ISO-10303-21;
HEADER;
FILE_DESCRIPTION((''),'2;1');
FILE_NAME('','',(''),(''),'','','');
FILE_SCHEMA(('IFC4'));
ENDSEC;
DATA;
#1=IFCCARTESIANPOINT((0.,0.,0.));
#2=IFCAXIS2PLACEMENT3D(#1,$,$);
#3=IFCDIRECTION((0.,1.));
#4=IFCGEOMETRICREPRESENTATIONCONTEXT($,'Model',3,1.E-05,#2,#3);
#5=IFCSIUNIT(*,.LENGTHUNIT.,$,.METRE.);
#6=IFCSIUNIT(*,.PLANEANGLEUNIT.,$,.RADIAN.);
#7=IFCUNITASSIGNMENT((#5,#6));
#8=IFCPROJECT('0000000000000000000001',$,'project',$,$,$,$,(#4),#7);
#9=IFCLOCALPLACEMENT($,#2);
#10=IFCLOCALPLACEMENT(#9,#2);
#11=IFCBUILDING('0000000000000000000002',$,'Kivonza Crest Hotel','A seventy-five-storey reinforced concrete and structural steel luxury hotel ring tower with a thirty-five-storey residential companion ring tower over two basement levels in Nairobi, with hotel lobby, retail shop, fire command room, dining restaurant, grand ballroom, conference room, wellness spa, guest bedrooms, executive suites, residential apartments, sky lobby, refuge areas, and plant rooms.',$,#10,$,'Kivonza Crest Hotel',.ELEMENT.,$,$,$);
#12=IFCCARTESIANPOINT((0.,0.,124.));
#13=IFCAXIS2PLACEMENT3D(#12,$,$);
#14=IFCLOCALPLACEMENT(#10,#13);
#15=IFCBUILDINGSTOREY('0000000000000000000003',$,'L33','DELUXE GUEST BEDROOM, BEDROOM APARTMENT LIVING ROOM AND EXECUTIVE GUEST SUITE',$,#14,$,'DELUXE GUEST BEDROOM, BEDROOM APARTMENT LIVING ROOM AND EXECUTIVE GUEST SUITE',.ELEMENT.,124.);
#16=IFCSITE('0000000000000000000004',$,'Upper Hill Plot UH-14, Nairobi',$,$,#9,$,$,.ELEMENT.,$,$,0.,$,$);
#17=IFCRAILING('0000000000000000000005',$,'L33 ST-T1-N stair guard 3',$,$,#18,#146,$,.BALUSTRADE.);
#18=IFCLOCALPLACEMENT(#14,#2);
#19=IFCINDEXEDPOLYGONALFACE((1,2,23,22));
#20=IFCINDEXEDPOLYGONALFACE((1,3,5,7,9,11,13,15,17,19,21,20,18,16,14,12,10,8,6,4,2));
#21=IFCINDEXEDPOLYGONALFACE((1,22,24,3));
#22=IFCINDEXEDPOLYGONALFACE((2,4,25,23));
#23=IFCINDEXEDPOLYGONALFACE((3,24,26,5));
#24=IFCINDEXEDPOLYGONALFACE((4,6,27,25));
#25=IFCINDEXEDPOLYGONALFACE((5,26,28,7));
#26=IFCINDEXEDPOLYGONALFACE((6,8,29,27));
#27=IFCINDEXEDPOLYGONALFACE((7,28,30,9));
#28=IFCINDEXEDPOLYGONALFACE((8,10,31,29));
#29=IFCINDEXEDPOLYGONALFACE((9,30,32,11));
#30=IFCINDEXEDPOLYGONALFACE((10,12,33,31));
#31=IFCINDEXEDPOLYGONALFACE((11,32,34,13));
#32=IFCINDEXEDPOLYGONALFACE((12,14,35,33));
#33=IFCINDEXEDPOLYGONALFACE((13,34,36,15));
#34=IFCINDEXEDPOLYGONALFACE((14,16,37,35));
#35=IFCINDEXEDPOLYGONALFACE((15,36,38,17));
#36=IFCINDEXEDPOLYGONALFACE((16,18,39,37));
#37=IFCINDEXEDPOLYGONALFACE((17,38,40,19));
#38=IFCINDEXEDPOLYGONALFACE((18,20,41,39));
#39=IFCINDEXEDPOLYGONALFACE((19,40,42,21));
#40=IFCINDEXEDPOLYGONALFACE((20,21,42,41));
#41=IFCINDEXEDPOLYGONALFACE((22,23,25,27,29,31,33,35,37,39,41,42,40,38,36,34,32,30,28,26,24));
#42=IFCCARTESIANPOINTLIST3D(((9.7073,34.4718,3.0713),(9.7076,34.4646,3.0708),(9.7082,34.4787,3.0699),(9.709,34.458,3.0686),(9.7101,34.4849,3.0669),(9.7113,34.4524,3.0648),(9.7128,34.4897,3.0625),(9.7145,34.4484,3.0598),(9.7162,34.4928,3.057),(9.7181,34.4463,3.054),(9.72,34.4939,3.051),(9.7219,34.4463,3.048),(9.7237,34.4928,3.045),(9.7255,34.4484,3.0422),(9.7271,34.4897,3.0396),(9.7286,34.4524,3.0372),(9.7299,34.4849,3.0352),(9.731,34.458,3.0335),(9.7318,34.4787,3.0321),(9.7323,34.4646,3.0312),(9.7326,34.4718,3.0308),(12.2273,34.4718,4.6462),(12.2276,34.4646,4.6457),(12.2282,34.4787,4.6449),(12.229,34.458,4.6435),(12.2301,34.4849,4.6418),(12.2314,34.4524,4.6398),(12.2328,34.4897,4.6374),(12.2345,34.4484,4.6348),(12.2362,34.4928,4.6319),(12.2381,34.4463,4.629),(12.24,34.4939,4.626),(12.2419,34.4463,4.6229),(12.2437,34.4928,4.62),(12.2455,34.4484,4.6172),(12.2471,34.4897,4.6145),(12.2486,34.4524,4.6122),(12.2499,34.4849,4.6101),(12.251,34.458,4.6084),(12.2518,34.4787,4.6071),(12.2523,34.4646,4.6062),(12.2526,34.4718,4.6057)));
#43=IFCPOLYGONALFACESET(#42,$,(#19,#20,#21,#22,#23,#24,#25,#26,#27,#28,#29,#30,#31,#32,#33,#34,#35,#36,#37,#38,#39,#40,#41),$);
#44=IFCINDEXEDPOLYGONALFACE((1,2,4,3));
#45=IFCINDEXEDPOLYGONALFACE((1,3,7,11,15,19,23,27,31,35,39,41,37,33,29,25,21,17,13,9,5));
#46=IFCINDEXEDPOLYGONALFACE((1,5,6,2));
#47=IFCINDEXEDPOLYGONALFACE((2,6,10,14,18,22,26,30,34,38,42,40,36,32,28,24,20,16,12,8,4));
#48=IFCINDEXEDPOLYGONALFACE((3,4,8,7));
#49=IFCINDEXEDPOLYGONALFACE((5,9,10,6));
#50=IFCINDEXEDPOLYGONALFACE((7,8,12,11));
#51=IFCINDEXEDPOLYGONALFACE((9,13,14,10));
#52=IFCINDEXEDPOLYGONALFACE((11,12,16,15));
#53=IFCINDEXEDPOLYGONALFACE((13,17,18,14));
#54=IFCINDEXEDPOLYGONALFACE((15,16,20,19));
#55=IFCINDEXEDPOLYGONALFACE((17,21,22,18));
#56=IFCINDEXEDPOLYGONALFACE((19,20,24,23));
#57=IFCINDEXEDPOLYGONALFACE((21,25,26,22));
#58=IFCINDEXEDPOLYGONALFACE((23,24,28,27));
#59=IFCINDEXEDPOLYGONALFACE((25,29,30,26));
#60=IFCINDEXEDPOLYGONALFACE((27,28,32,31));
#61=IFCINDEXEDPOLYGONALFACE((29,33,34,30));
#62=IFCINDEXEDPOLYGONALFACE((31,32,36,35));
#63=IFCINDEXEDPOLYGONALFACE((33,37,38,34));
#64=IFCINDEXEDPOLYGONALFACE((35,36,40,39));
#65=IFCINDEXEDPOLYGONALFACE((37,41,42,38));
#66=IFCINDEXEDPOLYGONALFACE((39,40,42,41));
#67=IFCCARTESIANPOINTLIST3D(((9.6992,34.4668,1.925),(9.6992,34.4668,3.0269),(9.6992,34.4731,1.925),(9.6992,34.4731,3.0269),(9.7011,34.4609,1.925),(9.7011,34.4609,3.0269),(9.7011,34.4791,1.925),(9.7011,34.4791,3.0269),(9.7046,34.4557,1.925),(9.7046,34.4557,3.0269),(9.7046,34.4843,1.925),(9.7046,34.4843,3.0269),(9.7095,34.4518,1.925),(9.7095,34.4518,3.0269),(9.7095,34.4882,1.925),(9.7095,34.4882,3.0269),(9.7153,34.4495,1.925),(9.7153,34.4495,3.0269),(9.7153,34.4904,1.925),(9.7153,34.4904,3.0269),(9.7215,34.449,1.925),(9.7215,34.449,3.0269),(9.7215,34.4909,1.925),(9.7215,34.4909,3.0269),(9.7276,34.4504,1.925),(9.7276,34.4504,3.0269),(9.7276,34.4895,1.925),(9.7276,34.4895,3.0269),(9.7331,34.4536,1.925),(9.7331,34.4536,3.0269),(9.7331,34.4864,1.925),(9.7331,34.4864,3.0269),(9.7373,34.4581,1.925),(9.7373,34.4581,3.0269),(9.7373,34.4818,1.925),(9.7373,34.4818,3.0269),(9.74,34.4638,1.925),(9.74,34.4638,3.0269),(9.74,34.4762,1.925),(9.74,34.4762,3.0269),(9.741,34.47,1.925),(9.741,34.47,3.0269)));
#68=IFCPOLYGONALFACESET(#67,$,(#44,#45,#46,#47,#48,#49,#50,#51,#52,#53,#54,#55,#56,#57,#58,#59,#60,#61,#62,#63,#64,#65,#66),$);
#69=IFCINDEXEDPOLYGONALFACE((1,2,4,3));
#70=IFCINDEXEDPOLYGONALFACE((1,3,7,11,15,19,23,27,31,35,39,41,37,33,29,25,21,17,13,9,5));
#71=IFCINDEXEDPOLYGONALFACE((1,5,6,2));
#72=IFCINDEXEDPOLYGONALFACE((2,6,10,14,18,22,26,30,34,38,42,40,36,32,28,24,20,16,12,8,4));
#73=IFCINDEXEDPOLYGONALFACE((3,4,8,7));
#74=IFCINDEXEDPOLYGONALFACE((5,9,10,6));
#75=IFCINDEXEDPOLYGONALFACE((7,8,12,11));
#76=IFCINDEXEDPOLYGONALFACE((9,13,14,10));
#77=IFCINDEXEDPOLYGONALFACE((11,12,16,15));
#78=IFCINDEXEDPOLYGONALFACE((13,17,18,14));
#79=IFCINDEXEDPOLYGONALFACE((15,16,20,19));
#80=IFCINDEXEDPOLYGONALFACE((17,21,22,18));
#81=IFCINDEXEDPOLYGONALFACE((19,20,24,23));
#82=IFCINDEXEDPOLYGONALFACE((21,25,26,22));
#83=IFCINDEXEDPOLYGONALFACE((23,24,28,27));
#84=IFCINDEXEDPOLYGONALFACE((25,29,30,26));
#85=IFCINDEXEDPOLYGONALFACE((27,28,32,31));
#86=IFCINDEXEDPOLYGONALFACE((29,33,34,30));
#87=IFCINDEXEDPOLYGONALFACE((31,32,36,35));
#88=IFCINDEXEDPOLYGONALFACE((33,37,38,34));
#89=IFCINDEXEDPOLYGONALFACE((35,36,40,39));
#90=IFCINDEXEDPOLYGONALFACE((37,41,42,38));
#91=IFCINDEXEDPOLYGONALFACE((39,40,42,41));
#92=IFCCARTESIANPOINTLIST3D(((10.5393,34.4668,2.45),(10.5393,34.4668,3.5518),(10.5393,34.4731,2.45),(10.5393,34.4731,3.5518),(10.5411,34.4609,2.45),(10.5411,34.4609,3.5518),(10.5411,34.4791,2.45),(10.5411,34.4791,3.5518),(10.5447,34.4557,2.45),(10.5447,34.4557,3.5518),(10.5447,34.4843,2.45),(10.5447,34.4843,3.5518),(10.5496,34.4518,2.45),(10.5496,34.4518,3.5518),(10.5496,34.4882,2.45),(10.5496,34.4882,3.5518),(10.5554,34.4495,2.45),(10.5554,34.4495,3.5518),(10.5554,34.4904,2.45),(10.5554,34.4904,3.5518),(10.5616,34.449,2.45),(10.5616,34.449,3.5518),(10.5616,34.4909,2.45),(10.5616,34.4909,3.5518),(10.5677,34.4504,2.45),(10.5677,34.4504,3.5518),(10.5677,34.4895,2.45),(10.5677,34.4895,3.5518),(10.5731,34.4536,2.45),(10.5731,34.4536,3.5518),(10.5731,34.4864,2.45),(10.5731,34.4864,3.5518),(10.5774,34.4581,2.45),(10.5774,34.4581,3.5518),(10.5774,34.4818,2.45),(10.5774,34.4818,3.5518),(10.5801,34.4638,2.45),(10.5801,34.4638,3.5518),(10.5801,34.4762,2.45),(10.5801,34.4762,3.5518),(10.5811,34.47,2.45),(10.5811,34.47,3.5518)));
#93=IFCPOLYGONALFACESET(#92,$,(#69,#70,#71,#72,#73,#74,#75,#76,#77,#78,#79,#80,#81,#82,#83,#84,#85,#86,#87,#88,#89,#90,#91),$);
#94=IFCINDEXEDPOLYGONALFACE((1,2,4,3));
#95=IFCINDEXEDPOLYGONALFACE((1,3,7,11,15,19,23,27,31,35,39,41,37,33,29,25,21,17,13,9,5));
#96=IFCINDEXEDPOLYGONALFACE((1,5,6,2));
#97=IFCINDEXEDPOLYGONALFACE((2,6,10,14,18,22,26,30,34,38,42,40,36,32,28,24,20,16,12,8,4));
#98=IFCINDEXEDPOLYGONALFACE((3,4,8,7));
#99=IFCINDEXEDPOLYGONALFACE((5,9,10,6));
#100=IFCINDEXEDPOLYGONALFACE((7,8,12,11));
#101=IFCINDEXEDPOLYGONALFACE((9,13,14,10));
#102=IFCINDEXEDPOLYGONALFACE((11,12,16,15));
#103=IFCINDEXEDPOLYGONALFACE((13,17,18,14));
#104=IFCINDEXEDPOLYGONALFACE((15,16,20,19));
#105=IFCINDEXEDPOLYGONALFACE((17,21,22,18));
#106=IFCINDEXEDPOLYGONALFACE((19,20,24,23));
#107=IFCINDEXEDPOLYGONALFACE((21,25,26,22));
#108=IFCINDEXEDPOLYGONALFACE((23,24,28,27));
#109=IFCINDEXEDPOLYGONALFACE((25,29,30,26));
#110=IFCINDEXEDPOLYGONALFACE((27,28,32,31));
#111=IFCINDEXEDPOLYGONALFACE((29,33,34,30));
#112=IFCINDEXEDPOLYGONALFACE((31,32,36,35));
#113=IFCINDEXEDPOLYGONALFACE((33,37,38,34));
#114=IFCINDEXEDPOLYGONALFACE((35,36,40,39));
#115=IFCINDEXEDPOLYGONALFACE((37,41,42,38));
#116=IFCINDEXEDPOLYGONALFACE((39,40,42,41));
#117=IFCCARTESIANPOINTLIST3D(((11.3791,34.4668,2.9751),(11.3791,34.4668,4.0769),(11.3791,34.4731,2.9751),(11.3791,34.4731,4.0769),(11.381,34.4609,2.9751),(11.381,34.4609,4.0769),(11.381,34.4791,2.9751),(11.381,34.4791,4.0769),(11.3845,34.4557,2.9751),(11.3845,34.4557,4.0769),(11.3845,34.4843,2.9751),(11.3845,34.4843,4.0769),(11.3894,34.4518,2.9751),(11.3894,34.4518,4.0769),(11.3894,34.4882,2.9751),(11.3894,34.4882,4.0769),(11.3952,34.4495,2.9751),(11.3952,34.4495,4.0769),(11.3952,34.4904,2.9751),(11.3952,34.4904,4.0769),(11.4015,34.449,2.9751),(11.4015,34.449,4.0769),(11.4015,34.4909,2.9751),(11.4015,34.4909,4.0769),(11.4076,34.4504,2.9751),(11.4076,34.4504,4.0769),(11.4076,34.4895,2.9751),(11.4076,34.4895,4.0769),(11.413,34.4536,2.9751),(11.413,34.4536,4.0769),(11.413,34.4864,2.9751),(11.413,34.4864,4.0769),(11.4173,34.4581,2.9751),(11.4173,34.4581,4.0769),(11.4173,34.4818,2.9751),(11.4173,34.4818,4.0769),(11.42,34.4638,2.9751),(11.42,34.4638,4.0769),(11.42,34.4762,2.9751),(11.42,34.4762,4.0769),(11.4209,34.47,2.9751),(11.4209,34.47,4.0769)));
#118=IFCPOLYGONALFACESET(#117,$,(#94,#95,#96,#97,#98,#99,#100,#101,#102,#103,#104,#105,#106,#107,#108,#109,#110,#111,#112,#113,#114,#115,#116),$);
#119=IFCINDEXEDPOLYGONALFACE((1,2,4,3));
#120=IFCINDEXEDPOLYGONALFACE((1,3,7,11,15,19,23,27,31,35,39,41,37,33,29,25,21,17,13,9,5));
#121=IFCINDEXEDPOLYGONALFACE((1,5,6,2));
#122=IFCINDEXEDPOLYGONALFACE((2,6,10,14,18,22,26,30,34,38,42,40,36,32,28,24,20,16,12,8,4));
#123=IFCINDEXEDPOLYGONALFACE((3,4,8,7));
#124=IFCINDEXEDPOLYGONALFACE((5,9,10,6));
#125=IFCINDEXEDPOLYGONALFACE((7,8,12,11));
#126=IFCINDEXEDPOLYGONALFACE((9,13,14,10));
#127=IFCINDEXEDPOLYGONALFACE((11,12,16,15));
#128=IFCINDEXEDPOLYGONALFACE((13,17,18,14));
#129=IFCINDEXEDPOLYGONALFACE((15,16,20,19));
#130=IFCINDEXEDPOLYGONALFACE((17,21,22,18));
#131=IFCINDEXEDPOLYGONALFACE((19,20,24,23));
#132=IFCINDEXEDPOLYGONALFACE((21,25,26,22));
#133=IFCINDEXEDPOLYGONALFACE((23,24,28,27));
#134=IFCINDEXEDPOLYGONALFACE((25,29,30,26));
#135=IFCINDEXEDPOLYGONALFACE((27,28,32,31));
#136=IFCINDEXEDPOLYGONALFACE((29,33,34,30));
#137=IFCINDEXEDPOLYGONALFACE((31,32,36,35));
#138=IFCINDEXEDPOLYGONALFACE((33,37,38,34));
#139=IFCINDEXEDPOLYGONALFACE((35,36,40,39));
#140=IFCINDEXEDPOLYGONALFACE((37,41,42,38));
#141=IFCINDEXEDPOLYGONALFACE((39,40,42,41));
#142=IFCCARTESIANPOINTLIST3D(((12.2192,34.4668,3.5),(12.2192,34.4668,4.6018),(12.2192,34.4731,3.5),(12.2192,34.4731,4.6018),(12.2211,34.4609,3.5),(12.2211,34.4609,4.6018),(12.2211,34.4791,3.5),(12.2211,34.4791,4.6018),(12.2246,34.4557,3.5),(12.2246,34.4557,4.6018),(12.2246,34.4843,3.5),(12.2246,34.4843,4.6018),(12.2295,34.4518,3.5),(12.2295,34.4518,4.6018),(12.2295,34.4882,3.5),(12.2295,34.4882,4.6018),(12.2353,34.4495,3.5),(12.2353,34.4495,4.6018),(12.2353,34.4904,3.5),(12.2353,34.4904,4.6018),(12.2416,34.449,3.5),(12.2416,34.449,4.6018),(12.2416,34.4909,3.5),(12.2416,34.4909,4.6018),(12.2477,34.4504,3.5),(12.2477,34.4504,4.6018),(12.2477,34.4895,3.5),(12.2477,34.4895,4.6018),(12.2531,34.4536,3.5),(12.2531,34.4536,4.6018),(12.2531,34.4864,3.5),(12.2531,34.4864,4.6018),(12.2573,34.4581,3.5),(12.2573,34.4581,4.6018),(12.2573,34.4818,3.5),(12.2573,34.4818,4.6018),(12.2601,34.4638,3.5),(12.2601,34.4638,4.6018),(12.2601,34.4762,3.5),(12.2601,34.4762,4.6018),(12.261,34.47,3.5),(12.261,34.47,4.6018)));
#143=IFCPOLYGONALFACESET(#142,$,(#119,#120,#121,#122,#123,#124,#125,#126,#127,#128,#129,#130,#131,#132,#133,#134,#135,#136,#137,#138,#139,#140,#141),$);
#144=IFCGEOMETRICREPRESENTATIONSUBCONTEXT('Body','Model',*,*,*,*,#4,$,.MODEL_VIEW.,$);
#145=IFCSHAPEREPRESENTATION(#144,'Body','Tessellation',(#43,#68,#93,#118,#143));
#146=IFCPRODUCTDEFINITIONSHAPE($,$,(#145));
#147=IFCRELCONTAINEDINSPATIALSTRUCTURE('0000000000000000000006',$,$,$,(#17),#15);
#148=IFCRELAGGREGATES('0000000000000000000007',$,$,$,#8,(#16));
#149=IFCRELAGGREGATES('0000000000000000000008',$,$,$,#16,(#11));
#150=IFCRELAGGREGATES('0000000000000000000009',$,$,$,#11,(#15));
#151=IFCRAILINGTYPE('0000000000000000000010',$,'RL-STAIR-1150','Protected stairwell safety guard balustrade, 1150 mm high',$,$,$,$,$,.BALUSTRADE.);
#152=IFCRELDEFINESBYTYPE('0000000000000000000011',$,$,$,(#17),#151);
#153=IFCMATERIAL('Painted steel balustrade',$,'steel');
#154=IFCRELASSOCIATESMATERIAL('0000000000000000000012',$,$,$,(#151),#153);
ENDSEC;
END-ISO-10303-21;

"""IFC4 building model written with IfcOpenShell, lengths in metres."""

from ifc_helpers import new_model, si_unit, direction, frame, origin, origin_2d, place, context, subcontext, project, spatial, circle, extrude, material, type_object, element, save


model = new_model("IFC4")

# Units and contexts
model_context = context("Model", 3, precision=1e-05, world=origin(), true_north=direction((0.0, 1.0)))
body_context = subcontext(model_context, "Body", "Model", "MODEL_VIEW")
ifc_project = project(units=[si_unit("LENGTHUNIT", "METRE"), si_unit("PLANEANGLEUNIT", "RADIAN")], contexts=[model_context])

# Site, building, storey
site_placement = place(None, origin())
site = spatial("IfcSite", under=ifc_project, at=site_placement, Name="Upper Hill Plot UH-14, Nairobi", CompositionType="ELEMENT", RefElevation=0.0)
building_placement = place(site_placement, origin())
building = spatial("IfcBuilding", under=site, at=building_placement, Name="Kivonza Crest Hotel", Description="A seventy-five-storey reinforced concrete and structural steel luxury hotel ring tower with a thirty-five-storey residential companion ring tower over two basement levels in Nairobi, with hotel lobby, retail shop, fire command room, dining restaurant, grand ballroom, conference room, wellness spa, guest bedrooms, executive suites, residential apartments, sky lobby, refuge areas, and plant rooms.", LongName="Kivonza Crest Hotel", CompositionType="ELEMENT")
storey_placement = place(building_placement, frame((0.0, 0.0, 124.0)))
storey = spatial("IfcBuildingStorey", under=building, at=storey_placement, Name="L33", Description="DELUXE GUEST BEDROOM, BEDROOM APARTMENT LIVING ROOM AND EXECUTIVE GUEST SUITE", LongName="DELUXE GUEST BEDROOM, BEDROOM APARTMENT LIVING ROOM AND EXECUTIVE GUEST SUITE", CompositionType="ELEMENT", Elevation=124.0)

# Railing
ifc_material_1 = material(Name="Painted steel balustrade", Category="steel")
railing_type_1 = type_object("IfcRailingType", Name="RL-STAIR-1150", Description="Protected stairwell safety guard balustrade, 1150 mm high", PredefinedType="BALUSTRADE", material=ifc_material_1)
railing_1_placement = place(storey_placement, frame((9.72, 34.47, 1.925)))
element("IfcRailing", 1, at=railing_1_placement, inside=storey, type_object=railing_type_1, Name="L33 ST-T1-N stair guard 3", PredefinedType="BALUSTRADE", context=body_context, shape_type="SweptSolid", body=[
    extrude(circle(Radius=0.0239, at=origin_2d()), frame((0.0, 0.0, 1.126), z_axis=(0.848008, 0.0, 0.529984), x_axis=(0.0, 1.0, 0.0)), (0.0, 0.0, 1.0), 2.9717),
    extrude(circle(Radius=0.021, at=origin_2d()), origin(), (0.0, 0.0, 1.0), 1.1018),
    extrude(circle(Radius=0.021, at=origin_2d()), frame((0.8401, 0.0, 0.5249)), (0.0, 0.0, 1.0), 1.1018),
    extrude(circle(Radius=0.021, at=origin_2d()), frame((1.6799, 0.0, 1.05)), (0.0, 0.0, 1.0), 1.1018),
    extrude(circle(Radius=0.021, at=origin_2d()), frame((2.52, 0.0, 1.575)), (0.0, 0.0, 1.0), 1.1018),
])

save(model, "model.ifc")
